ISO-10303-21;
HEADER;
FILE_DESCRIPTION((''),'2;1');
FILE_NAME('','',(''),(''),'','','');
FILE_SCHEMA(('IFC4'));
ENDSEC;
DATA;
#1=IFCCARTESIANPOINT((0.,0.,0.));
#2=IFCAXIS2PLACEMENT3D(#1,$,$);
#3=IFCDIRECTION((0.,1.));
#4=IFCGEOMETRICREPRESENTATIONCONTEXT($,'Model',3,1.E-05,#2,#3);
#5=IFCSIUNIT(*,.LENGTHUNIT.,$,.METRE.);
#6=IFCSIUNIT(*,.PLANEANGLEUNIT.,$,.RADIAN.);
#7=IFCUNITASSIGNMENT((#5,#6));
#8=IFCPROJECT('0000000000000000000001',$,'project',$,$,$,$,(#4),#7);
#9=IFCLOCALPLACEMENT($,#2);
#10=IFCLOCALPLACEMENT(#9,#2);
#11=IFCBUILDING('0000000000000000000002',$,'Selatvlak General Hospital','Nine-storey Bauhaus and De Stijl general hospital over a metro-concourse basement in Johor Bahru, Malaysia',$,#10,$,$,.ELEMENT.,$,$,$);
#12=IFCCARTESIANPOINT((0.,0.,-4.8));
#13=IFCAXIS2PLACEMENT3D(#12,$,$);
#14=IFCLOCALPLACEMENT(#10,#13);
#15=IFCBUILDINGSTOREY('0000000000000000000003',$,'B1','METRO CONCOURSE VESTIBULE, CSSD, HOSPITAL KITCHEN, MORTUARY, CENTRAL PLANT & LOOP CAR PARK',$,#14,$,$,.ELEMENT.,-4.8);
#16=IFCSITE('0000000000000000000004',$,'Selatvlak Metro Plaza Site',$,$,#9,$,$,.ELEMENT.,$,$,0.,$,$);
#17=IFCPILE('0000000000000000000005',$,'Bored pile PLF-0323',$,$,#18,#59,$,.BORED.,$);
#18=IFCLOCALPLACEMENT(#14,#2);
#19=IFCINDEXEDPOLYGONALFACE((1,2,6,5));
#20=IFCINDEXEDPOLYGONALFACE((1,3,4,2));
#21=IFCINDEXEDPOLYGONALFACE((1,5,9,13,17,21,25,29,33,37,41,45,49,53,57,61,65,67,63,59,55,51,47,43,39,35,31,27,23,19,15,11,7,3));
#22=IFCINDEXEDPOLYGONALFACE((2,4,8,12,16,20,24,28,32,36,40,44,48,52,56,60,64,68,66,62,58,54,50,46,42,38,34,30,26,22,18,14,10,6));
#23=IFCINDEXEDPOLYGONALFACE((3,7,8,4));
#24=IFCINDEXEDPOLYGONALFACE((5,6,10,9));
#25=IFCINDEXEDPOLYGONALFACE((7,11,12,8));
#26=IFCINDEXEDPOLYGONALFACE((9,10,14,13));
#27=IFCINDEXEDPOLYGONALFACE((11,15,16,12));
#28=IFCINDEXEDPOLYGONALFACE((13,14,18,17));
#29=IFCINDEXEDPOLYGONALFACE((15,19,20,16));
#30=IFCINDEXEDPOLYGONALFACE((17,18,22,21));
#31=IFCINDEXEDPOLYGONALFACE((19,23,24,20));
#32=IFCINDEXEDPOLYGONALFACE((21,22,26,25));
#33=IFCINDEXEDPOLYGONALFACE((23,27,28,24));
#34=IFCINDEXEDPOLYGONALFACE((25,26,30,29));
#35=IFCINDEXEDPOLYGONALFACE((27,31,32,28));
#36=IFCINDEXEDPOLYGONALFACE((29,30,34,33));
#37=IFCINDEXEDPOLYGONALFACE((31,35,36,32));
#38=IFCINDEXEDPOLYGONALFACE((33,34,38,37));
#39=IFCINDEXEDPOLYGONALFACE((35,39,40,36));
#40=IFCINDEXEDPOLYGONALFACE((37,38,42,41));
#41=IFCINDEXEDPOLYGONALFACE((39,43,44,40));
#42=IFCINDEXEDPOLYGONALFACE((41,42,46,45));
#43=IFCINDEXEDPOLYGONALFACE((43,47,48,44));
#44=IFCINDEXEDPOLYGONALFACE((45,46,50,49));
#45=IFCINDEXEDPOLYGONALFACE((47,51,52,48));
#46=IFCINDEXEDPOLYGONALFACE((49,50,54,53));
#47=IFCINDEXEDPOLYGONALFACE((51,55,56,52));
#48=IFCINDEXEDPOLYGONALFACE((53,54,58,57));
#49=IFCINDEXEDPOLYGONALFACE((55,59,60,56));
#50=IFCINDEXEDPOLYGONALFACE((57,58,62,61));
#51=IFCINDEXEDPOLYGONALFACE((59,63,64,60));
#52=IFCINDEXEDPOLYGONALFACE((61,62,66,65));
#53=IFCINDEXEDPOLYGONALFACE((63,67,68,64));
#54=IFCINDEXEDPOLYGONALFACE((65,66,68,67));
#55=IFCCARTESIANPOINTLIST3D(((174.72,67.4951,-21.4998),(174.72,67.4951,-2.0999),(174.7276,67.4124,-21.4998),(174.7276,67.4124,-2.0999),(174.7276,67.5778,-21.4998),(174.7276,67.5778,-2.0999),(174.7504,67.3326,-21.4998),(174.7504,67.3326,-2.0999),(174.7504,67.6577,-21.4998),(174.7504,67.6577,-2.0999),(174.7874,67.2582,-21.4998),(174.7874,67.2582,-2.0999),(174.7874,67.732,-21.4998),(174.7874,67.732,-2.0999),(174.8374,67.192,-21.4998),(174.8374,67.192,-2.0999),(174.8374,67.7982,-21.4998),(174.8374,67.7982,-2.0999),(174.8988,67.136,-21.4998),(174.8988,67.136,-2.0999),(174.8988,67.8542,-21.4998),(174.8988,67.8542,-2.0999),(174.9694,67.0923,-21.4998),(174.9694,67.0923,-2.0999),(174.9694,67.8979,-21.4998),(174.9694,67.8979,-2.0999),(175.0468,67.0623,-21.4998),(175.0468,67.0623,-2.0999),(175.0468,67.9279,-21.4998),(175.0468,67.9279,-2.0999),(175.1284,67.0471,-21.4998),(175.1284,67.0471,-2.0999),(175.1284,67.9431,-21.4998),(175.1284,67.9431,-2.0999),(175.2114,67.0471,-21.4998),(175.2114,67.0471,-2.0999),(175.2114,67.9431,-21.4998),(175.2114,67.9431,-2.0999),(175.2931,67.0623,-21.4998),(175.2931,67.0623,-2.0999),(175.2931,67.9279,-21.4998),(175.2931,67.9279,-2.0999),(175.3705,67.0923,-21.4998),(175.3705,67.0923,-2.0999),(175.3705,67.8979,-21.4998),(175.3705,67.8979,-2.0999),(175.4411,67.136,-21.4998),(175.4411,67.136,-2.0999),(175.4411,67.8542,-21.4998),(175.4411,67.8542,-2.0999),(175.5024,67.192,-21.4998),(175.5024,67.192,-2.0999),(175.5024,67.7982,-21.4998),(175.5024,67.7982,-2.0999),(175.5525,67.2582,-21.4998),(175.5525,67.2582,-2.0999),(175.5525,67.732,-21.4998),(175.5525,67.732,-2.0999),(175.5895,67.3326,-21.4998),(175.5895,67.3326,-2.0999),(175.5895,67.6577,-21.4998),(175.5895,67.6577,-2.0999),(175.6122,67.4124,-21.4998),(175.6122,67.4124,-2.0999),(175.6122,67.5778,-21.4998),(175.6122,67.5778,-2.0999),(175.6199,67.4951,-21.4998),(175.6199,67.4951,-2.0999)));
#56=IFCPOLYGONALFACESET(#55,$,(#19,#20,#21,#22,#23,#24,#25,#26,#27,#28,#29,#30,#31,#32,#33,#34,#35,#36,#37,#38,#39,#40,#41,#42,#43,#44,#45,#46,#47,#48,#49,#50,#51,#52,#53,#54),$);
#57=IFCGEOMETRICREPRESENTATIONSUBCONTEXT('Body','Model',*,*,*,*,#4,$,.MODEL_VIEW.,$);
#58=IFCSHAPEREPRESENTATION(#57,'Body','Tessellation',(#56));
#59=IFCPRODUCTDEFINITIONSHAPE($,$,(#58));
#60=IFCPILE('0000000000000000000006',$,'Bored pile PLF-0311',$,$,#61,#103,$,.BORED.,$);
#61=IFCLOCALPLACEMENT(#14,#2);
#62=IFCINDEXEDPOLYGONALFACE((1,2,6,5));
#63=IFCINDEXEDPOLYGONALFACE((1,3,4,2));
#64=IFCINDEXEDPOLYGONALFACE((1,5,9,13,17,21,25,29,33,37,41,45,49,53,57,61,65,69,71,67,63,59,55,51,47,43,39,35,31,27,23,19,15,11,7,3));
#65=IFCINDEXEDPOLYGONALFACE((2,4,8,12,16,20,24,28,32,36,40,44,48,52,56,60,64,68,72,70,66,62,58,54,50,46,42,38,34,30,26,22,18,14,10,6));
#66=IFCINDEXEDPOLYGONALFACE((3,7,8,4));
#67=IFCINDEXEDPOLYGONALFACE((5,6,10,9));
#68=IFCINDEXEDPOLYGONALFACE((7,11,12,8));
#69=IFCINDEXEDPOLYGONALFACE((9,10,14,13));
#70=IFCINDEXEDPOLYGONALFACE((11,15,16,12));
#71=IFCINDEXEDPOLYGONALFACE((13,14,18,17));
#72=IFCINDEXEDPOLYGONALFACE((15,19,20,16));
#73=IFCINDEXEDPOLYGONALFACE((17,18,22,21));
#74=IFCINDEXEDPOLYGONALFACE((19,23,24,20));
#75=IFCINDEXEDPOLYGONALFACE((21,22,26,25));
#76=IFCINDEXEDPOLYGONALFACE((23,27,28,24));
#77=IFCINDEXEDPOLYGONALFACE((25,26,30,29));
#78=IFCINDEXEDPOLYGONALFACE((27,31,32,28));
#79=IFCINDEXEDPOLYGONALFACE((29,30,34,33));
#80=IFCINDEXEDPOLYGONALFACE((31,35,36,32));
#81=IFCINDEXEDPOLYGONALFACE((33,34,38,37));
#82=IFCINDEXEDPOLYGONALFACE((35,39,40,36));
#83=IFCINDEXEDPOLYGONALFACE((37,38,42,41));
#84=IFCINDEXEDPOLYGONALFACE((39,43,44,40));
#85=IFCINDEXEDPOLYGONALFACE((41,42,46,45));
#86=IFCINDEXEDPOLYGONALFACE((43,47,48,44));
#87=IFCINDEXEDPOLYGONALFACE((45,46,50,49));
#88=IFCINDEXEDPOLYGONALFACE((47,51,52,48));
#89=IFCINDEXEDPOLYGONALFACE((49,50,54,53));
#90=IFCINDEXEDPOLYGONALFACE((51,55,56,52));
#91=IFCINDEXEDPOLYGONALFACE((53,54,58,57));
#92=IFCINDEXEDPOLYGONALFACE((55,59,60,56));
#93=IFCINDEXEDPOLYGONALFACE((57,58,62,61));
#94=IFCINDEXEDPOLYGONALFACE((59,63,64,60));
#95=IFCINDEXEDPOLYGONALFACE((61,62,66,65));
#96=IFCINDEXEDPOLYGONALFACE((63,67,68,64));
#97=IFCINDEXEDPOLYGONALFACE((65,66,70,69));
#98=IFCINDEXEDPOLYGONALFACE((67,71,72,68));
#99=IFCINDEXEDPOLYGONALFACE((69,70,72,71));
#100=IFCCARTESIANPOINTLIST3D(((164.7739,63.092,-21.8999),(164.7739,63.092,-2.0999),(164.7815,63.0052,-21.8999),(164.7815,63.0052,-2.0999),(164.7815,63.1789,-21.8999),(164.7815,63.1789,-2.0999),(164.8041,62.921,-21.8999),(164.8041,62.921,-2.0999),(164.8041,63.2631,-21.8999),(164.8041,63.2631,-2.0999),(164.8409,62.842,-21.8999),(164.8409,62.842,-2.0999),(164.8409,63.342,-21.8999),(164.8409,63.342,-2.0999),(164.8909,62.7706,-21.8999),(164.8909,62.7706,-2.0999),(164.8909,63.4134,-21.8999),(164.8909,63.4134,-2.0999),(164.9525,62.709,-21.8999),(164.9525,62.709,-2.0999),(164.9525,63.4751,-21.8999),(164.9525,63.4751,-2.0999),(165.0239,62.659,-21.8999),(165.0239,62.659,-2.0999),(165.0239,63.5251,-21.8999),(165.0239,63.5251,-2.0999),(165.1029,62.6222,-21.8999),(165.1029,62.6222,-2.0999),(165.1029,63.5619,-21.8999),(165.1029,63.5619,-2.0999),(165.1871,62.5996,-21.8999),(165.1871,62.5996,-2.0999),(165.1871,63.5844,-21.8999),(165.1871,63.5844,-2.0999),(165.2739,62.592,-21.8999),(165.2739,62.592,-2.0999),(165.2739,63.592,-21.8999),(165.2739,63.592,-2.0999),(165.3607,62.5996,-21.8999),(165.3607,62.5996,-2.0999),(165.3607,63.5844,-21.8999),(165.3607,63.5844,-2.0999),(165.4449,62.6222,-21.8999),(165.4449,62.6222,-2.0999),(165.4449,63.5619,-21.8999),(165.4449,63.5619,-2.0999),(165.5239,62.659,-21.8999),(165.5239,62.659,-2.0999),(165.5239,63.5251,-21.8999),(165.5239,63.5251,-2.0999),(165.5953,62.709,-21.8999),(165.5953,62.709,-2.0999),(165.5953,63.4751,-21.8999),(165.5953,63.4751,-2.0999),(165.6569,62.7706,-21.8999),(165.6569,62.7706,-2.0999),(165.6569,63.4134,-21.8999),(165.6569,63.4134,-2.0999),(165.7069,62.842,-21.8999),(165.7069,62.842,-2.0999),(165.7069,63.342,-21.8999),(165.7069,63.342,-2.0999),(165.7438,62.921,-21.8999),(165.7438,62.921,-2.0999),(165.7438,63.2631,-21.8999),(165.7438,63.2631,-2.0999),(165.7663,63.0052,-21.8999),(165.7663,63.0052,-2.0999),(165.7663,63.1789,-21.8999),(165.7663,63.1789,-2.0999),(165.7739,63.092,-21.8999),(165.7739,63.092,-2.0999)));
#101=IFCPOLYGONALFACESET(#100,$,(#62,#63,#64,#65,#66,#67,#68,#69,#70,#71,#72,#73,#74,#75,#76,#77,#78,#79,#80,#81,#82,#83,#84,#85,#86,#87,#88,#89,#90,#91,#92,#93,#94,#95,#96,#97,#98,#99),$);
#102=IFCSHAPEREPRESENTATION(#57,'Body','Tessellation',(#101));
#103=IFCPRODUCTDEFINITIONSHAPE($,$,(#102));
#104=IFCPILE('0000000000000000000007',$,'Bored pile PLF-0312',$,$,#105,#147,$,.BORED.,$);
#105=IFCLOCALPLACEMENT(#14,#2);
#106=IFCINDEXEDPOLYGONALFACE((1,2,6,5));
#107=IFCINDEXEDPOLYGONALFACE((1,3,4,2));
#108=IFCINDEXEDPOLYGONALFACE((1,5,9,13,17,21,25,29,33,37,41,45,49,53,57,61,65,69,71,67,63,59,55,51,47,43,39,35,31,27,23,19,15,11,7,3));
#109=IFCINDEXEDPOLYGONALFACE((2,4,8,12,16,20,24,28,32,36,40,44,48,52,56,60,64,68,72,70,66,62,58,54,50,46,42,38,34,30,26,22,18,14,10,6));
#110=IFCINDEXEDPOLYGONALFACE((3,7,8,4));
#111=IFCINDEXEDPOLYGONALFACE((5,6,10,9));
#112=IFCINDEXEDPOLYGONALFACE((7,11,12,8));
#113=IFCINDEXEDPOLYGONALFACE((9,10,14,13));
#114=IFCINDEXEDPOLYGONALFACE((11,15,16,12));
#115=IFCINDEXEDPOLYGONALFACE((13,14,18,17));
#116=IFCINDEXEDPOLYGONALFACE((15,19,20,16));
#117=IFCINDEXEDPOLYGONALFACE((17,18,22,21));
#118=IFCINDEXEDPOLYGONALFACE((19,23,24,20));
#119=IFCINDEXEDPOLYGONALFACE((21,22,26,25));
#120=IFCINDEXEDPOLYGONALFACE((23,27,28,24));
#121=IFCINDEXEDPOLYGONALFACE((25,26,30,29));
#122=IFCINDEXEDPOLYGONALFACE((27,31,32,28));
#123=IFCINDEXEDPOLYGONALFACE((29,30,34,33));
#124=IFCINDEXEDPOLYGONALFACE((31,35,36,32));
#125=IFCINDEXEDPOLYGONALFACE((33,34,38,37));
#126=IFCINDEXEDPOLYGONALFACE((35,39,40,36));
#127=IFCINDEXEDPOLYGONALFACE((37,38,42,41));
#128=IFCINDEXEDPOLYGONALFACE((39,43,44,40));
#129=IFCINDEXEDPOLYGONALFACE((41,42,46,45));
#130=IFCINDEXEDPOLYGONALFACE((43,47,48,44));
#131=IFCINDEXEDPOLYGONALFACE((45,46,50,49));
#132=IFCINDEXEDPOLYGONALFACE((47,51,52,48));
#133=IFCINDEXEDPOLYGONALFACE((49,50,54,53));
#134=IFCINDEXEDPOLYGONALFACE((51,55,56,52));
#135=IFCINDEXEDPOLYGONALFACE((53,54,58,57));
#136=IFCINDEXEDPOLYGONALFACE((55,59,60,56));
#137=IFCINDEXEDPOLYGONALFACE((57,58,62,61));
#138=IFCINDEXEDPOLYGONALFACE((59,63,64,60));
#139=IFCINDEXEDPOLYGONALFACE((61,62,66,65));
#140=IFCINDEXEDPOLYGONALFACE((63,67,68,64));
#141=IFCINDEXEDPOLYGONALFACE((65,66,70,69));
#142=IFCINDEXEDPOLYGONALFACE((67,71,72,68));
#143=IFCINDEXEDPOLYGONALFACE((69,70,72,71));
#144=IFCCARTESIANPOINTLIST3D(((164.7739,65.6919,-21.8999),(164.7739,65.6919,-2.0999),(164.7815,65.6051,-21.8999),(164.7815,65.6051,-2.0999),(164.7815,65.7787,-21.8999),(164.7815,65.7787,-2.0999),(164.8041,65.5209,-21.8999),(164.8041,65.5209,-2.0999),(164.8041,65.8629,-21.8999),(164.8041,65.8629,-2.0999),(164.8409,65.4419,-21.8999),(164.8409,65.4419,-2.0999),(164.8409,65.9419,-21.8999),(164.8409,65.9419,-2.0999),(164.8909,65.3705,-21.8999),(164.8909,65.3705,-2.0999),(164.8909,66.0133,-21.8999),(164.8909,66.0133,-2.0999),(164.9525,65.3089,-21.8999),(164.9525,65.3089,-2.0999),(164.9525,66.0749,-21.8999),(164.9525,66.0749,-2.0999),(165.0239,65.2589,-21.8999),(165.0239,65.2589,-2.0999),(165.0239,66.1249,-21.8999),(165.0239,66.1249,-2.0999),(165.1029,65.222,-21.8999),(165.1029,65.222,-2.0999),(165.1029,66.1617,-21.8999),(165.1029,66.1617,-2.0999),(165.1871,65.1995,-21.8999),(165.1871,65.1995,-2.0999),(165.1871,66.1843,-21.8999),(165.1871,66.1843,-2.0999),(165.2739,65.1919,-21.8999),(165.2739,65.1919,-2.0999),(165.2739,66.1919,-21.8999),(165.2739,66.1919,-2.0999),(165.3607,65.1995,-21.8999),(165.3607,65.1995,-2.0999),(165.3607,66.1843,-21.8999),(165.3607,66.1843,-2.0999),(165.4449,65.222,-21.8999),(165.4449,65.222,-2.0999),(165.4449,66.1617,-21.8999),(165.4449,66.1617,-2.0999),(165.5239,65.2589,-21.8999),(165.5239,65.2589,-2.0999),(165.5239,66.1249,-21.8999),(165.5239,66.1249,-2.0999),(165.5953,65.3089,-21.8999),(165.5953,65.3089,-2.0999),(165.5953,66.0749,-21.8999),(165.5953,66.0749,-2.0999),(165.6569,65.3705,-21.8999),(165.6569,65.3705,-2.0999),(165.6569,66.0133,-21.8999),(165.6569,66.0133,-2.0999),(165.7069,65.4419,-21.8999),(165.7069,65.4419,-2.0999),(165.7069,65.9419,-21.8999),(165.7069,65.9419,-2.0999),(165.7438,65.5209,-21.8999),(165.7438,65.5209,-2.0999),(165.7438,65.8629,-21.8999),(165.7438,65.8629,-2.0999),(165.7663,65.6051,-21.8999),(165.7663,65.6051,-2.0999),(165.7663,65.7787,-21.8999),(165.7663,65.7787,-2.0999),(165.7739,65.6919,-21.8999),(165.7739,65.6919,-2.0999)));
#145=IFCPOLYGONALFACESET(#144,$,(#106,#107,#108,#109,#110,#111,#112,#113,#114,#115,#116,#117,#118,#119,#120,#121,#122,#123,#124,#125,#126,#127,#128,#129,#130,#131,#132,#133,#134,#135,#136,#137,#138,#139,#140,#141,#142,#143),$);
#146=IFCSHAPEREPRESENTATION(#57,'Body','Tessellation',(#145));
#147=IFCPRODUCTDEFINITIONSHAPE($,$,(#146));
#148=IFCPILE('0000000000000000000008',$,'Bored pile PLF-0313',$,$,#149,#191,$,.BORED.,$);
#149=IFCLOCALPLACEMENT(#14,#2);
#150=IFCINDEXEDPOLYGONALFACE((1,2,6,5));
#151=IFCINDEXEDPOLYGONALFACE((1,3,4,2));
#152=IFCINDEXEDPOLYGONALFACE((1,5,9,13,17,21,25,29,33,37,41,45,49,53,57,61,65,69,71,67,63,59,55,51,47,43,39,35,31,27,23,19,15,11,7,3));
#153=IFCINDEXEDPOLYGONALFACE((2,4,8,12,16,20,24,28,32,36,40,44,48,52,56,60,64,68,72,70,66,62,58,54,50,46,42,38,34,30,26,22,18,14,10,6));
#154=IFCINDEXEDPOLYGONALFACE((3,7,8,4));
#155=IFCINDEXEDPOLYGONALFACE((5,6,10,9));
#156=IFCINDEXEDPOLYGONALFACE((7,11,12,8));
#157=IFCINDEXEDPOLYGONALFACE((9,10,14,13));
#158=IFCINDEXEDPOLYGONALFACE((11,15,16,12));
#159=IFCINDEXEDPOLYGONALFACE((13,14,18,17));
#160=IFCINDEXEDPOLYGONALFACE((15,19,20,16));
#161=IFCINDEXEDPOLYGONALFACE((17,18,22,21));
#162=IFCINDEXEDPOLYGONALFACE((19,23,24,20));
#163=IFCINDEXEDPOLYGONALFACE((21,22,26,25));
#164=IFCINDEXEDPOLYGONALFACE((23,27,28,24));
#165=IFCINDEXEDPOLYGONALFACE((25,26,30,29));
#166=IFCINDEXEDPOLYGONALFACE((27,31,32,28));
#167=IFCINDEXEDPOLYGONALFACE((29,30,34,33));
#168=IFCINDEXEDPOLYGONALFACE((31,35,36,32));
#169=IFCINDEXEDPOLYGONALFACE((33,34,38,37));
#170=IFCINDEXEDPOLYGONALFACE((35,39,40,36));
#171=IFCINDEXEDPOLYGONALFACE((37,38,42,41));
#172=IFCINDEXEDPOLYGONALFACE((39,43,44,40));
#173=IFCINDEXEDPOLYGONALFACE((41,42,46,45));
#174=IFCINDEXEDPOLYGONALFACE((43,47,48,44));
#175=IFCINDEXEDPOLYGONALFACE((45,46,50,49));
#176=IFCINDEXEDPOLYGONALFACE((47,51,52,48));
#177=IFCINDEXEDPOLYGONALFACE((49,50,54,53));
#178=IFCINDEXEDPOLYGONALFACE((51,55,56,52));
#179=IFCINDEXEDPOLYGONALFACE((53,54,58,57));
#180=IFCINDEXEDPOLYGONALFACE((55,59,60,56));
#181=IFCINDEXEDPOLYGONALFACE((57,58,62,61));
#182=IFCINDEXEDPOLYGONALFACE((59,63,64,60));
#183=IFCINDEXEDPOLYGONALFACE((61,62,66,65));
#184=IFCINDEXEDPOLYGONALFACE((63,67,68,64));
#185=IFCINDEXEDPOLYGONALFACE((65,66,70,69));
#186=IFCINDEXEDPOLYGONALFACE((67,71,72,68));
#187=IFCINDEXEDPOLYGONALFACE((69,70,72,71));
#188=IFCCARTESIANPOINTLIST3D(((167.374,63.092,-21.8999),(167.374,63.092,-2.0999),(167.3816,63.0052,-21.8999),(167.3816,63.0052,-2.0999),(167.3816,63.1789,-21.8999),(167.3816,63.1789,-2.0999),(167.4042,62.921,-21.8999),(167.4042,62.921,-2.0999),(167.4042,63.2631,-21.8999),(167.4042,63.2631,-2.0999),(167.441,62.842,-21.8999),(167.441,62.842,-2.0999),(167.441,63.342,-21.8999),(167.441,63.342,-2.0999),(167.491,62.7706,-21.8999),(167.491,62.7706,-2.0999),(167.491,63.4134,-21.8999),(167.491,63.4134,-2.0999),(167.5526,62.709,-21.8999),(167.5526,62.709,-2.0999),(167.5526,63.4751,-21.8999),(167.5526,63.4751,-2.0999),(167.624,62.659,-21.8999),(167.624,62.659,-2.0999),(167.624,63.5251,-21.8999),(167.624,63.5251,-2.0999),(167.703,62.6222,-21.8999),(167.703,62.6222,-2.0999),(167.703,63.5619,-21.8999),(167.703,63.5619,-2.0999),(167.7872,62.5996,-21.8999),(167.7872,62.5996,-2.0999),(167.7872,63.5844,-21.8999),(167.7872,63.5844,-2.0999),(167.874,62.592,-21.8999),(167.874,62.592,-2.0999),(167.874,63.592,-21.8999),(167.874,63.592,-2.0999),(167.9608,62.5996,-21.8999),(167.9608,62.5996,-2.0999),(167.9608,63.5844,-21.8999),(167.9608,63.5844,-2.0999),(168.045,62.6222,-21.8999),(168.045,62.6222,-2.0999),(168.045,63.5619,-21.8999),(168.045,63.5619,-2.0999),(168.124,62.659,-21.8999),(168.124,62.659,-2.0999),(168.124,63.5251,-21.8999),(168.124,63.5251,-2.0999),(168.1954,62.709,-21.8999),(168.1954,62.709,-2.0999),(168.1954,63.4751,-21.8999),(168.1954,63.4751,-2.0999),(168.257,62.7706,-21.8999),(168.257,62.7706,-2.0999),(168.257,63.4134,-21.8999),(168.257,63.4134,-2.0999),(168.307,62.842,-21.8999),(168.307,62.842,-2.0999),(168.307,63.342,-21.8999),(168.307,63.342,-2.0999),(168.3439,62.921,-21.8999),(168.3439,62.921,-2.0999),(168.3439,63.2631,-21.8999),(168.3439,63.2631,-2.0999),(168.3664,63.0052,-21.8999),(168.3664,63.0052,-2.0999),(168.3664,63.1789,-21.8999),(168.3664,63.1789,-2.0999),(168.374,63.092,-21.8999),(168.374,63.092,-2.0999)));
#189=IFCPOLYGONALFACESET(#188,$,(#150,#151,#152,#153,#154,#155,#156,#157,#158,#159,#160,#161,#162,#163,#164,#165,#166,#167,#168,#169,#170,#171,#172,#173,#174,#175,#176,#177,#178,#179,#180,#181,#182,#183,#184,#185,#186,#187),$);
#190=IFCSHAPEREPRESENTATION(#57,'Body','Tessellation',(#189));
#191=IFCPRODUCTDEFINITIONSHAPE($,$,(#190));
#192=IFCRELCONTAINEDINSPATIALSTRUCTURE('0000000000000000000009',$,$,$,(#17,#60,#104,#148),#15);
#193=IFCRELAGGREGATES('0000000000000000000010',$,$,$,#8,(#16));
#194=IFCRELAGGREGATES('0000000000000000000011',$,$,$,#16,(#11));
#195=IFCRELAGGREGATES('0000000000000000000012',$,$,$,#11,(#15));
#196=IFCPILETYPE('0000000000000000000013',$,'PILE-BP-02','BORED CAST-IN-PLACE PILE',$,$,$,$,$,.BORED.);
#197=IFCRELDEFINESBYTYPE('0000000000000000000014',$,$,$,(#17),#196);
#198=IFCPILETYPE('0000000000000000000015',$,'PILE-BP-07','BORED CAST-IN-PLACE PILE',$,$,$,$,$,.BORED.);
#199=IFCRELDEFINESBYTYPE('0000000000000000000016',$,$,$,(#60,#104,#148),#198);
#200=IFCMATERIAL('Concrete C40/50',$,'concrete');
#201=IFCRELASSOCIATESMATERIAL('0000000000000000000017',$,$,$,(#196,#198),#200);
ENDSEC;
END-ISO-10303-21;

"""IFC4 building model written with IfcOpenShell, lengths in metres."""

from ifc_helpers import new_model, si_unit, direction, frame, origin, origin_2d, place, context, subcontext, project, spatial, circle, extrude, material, material_profile, profile_set, type_object, element, save


model = new_model("IFC4")

# Units and contexts
model_context = context("Model", 3, precision=1e-05, world=origin(), true_north=direction((0.0, 1.0)))
body_context = subcontext(model_context, "Body", "Model", "MODEL_VIEW")
ifc_project = project(units=[si_unit("LENGTHUNIT", "METRE"), si_unit("PLANEANGLEUNIT", "RADIAN")], contexts=[model_context])

# Site, building, storey
site_placement = place(None, origin())
site = spatial("IfcSite", under=ifc_project, at=site_placement, Name="Selatvlak Metro Plaza Site", CompositionType="ELEMENT", RefElevation=0.0)
building_placement = place(site_placement, origin())
building = spatial("IfcBuilding", under=site, at=building_placement, Name="Selatvlak General Hospital", Description="Nine-storey Bauhaus and De Stijl general hospital over a metro-concourse basement in Johor Bahru, Malaysia", CompositionType="ELEMENT")
storey_placement = place(building_placement, frame((0.0, 0.0, -4.8)))
storey = spatial("IfcBuildingStorey", under=building, at=storey_placement, Name="B1", Description="METRO CONCOURSE VESTIBULE, CSSD, HOSPITAL KITCHEN, MORTUARY, CENTRAL PLANT & LOOP CAR PARK", CompositionType="ELEMENT", Elevation=-4.8)

# Shared definitions
ifc_material_1 = material(Name="Concrete C40/50", Category="concrete")

# Piles
ifc_material_profile_1 = material_profile(ifc_material_1, circle(Radius=0.45, at=origin_2d()), Name="BORED PILE 900")
ifc_profile_set_1 = profile_set([ifc_material_profile_1], Name="Concrete C40/50")
pile_type_1 = type_object("IfcPileType", Name="PILE-BP-02", Description="BORED CAST-IN-PLACE PILE", PredefinedType="BORED", material=ifc_profile_set_1)
for number, where, z_axis, x_axis, name in (
    (1, (175.1699, 67.4951, -2.0999), (0.0, 0.0, -1.0), (1.0, 0.0, 0.0), "Bored pile PLF-0323"),
):
    element("IfcPile", number, at=place(storey_placement, frame(where, z_axis=z_axis, x_axis=x_axis)), inside=storey, type_object=pile_type_1, Name=name, PredefinedType="BORED", context=body_context, shape_type="SweptSolid", body=[
        extrude(circle(Radius=0.45, at=origin_2d()), origin(), (0.0, 0.0, 1.0), 19.3999),
    ])
ifc_material_profile_2 = material_profile(ifc_material_1, circle(Radius=0.5, at=origin_2d()), Name="BORED PILE 1000")
ifc_profile_set_2 = profile_set([ifc_material_profile_2], Name="Concrete C40/50")
pile_type_2 = type_object("IfcPileType", Name="PILE-BP-07", Description="BORED CAST-IN-PLACE PILE", PredefinedType="BORED", material=ifc_profile_set_2)
for number, where, z_axis, x_axis, name in (
    (2, (165.2739, 63.092, -2.0999), (0.0, 0.0, -1.0), (1.0, 0.0, 0.0), "Bored pile PLF-0311"),
    (3, (165.2739, 65.6919, -2.0999), (0.0, 0.0, -1.0), (1.0, 0.0, 0.0), "Bored pile PLF-0312"),
    (4, (167.874, 63.092, -2.0999), (0.0, 0.0, -1.0), (1.0, 0.0, 0.0), "Bored pile PLF-0313"),
):
    element("IfcPile", number, at=place(storey_placement, frame(where, z_axis=z_axis, x_axis=x_axis)), inside=storey, type_object=pile_type_2, Name=name, PredefinedType="BORED", context=body_context, shape_type="SweptSolid", body=[
        extrude(circle(Radius=0.5, at=origin_2d()), origin(), (0.0, 0.0, 1.0), 19.8),
    ])

save(model, "model.ifc")
